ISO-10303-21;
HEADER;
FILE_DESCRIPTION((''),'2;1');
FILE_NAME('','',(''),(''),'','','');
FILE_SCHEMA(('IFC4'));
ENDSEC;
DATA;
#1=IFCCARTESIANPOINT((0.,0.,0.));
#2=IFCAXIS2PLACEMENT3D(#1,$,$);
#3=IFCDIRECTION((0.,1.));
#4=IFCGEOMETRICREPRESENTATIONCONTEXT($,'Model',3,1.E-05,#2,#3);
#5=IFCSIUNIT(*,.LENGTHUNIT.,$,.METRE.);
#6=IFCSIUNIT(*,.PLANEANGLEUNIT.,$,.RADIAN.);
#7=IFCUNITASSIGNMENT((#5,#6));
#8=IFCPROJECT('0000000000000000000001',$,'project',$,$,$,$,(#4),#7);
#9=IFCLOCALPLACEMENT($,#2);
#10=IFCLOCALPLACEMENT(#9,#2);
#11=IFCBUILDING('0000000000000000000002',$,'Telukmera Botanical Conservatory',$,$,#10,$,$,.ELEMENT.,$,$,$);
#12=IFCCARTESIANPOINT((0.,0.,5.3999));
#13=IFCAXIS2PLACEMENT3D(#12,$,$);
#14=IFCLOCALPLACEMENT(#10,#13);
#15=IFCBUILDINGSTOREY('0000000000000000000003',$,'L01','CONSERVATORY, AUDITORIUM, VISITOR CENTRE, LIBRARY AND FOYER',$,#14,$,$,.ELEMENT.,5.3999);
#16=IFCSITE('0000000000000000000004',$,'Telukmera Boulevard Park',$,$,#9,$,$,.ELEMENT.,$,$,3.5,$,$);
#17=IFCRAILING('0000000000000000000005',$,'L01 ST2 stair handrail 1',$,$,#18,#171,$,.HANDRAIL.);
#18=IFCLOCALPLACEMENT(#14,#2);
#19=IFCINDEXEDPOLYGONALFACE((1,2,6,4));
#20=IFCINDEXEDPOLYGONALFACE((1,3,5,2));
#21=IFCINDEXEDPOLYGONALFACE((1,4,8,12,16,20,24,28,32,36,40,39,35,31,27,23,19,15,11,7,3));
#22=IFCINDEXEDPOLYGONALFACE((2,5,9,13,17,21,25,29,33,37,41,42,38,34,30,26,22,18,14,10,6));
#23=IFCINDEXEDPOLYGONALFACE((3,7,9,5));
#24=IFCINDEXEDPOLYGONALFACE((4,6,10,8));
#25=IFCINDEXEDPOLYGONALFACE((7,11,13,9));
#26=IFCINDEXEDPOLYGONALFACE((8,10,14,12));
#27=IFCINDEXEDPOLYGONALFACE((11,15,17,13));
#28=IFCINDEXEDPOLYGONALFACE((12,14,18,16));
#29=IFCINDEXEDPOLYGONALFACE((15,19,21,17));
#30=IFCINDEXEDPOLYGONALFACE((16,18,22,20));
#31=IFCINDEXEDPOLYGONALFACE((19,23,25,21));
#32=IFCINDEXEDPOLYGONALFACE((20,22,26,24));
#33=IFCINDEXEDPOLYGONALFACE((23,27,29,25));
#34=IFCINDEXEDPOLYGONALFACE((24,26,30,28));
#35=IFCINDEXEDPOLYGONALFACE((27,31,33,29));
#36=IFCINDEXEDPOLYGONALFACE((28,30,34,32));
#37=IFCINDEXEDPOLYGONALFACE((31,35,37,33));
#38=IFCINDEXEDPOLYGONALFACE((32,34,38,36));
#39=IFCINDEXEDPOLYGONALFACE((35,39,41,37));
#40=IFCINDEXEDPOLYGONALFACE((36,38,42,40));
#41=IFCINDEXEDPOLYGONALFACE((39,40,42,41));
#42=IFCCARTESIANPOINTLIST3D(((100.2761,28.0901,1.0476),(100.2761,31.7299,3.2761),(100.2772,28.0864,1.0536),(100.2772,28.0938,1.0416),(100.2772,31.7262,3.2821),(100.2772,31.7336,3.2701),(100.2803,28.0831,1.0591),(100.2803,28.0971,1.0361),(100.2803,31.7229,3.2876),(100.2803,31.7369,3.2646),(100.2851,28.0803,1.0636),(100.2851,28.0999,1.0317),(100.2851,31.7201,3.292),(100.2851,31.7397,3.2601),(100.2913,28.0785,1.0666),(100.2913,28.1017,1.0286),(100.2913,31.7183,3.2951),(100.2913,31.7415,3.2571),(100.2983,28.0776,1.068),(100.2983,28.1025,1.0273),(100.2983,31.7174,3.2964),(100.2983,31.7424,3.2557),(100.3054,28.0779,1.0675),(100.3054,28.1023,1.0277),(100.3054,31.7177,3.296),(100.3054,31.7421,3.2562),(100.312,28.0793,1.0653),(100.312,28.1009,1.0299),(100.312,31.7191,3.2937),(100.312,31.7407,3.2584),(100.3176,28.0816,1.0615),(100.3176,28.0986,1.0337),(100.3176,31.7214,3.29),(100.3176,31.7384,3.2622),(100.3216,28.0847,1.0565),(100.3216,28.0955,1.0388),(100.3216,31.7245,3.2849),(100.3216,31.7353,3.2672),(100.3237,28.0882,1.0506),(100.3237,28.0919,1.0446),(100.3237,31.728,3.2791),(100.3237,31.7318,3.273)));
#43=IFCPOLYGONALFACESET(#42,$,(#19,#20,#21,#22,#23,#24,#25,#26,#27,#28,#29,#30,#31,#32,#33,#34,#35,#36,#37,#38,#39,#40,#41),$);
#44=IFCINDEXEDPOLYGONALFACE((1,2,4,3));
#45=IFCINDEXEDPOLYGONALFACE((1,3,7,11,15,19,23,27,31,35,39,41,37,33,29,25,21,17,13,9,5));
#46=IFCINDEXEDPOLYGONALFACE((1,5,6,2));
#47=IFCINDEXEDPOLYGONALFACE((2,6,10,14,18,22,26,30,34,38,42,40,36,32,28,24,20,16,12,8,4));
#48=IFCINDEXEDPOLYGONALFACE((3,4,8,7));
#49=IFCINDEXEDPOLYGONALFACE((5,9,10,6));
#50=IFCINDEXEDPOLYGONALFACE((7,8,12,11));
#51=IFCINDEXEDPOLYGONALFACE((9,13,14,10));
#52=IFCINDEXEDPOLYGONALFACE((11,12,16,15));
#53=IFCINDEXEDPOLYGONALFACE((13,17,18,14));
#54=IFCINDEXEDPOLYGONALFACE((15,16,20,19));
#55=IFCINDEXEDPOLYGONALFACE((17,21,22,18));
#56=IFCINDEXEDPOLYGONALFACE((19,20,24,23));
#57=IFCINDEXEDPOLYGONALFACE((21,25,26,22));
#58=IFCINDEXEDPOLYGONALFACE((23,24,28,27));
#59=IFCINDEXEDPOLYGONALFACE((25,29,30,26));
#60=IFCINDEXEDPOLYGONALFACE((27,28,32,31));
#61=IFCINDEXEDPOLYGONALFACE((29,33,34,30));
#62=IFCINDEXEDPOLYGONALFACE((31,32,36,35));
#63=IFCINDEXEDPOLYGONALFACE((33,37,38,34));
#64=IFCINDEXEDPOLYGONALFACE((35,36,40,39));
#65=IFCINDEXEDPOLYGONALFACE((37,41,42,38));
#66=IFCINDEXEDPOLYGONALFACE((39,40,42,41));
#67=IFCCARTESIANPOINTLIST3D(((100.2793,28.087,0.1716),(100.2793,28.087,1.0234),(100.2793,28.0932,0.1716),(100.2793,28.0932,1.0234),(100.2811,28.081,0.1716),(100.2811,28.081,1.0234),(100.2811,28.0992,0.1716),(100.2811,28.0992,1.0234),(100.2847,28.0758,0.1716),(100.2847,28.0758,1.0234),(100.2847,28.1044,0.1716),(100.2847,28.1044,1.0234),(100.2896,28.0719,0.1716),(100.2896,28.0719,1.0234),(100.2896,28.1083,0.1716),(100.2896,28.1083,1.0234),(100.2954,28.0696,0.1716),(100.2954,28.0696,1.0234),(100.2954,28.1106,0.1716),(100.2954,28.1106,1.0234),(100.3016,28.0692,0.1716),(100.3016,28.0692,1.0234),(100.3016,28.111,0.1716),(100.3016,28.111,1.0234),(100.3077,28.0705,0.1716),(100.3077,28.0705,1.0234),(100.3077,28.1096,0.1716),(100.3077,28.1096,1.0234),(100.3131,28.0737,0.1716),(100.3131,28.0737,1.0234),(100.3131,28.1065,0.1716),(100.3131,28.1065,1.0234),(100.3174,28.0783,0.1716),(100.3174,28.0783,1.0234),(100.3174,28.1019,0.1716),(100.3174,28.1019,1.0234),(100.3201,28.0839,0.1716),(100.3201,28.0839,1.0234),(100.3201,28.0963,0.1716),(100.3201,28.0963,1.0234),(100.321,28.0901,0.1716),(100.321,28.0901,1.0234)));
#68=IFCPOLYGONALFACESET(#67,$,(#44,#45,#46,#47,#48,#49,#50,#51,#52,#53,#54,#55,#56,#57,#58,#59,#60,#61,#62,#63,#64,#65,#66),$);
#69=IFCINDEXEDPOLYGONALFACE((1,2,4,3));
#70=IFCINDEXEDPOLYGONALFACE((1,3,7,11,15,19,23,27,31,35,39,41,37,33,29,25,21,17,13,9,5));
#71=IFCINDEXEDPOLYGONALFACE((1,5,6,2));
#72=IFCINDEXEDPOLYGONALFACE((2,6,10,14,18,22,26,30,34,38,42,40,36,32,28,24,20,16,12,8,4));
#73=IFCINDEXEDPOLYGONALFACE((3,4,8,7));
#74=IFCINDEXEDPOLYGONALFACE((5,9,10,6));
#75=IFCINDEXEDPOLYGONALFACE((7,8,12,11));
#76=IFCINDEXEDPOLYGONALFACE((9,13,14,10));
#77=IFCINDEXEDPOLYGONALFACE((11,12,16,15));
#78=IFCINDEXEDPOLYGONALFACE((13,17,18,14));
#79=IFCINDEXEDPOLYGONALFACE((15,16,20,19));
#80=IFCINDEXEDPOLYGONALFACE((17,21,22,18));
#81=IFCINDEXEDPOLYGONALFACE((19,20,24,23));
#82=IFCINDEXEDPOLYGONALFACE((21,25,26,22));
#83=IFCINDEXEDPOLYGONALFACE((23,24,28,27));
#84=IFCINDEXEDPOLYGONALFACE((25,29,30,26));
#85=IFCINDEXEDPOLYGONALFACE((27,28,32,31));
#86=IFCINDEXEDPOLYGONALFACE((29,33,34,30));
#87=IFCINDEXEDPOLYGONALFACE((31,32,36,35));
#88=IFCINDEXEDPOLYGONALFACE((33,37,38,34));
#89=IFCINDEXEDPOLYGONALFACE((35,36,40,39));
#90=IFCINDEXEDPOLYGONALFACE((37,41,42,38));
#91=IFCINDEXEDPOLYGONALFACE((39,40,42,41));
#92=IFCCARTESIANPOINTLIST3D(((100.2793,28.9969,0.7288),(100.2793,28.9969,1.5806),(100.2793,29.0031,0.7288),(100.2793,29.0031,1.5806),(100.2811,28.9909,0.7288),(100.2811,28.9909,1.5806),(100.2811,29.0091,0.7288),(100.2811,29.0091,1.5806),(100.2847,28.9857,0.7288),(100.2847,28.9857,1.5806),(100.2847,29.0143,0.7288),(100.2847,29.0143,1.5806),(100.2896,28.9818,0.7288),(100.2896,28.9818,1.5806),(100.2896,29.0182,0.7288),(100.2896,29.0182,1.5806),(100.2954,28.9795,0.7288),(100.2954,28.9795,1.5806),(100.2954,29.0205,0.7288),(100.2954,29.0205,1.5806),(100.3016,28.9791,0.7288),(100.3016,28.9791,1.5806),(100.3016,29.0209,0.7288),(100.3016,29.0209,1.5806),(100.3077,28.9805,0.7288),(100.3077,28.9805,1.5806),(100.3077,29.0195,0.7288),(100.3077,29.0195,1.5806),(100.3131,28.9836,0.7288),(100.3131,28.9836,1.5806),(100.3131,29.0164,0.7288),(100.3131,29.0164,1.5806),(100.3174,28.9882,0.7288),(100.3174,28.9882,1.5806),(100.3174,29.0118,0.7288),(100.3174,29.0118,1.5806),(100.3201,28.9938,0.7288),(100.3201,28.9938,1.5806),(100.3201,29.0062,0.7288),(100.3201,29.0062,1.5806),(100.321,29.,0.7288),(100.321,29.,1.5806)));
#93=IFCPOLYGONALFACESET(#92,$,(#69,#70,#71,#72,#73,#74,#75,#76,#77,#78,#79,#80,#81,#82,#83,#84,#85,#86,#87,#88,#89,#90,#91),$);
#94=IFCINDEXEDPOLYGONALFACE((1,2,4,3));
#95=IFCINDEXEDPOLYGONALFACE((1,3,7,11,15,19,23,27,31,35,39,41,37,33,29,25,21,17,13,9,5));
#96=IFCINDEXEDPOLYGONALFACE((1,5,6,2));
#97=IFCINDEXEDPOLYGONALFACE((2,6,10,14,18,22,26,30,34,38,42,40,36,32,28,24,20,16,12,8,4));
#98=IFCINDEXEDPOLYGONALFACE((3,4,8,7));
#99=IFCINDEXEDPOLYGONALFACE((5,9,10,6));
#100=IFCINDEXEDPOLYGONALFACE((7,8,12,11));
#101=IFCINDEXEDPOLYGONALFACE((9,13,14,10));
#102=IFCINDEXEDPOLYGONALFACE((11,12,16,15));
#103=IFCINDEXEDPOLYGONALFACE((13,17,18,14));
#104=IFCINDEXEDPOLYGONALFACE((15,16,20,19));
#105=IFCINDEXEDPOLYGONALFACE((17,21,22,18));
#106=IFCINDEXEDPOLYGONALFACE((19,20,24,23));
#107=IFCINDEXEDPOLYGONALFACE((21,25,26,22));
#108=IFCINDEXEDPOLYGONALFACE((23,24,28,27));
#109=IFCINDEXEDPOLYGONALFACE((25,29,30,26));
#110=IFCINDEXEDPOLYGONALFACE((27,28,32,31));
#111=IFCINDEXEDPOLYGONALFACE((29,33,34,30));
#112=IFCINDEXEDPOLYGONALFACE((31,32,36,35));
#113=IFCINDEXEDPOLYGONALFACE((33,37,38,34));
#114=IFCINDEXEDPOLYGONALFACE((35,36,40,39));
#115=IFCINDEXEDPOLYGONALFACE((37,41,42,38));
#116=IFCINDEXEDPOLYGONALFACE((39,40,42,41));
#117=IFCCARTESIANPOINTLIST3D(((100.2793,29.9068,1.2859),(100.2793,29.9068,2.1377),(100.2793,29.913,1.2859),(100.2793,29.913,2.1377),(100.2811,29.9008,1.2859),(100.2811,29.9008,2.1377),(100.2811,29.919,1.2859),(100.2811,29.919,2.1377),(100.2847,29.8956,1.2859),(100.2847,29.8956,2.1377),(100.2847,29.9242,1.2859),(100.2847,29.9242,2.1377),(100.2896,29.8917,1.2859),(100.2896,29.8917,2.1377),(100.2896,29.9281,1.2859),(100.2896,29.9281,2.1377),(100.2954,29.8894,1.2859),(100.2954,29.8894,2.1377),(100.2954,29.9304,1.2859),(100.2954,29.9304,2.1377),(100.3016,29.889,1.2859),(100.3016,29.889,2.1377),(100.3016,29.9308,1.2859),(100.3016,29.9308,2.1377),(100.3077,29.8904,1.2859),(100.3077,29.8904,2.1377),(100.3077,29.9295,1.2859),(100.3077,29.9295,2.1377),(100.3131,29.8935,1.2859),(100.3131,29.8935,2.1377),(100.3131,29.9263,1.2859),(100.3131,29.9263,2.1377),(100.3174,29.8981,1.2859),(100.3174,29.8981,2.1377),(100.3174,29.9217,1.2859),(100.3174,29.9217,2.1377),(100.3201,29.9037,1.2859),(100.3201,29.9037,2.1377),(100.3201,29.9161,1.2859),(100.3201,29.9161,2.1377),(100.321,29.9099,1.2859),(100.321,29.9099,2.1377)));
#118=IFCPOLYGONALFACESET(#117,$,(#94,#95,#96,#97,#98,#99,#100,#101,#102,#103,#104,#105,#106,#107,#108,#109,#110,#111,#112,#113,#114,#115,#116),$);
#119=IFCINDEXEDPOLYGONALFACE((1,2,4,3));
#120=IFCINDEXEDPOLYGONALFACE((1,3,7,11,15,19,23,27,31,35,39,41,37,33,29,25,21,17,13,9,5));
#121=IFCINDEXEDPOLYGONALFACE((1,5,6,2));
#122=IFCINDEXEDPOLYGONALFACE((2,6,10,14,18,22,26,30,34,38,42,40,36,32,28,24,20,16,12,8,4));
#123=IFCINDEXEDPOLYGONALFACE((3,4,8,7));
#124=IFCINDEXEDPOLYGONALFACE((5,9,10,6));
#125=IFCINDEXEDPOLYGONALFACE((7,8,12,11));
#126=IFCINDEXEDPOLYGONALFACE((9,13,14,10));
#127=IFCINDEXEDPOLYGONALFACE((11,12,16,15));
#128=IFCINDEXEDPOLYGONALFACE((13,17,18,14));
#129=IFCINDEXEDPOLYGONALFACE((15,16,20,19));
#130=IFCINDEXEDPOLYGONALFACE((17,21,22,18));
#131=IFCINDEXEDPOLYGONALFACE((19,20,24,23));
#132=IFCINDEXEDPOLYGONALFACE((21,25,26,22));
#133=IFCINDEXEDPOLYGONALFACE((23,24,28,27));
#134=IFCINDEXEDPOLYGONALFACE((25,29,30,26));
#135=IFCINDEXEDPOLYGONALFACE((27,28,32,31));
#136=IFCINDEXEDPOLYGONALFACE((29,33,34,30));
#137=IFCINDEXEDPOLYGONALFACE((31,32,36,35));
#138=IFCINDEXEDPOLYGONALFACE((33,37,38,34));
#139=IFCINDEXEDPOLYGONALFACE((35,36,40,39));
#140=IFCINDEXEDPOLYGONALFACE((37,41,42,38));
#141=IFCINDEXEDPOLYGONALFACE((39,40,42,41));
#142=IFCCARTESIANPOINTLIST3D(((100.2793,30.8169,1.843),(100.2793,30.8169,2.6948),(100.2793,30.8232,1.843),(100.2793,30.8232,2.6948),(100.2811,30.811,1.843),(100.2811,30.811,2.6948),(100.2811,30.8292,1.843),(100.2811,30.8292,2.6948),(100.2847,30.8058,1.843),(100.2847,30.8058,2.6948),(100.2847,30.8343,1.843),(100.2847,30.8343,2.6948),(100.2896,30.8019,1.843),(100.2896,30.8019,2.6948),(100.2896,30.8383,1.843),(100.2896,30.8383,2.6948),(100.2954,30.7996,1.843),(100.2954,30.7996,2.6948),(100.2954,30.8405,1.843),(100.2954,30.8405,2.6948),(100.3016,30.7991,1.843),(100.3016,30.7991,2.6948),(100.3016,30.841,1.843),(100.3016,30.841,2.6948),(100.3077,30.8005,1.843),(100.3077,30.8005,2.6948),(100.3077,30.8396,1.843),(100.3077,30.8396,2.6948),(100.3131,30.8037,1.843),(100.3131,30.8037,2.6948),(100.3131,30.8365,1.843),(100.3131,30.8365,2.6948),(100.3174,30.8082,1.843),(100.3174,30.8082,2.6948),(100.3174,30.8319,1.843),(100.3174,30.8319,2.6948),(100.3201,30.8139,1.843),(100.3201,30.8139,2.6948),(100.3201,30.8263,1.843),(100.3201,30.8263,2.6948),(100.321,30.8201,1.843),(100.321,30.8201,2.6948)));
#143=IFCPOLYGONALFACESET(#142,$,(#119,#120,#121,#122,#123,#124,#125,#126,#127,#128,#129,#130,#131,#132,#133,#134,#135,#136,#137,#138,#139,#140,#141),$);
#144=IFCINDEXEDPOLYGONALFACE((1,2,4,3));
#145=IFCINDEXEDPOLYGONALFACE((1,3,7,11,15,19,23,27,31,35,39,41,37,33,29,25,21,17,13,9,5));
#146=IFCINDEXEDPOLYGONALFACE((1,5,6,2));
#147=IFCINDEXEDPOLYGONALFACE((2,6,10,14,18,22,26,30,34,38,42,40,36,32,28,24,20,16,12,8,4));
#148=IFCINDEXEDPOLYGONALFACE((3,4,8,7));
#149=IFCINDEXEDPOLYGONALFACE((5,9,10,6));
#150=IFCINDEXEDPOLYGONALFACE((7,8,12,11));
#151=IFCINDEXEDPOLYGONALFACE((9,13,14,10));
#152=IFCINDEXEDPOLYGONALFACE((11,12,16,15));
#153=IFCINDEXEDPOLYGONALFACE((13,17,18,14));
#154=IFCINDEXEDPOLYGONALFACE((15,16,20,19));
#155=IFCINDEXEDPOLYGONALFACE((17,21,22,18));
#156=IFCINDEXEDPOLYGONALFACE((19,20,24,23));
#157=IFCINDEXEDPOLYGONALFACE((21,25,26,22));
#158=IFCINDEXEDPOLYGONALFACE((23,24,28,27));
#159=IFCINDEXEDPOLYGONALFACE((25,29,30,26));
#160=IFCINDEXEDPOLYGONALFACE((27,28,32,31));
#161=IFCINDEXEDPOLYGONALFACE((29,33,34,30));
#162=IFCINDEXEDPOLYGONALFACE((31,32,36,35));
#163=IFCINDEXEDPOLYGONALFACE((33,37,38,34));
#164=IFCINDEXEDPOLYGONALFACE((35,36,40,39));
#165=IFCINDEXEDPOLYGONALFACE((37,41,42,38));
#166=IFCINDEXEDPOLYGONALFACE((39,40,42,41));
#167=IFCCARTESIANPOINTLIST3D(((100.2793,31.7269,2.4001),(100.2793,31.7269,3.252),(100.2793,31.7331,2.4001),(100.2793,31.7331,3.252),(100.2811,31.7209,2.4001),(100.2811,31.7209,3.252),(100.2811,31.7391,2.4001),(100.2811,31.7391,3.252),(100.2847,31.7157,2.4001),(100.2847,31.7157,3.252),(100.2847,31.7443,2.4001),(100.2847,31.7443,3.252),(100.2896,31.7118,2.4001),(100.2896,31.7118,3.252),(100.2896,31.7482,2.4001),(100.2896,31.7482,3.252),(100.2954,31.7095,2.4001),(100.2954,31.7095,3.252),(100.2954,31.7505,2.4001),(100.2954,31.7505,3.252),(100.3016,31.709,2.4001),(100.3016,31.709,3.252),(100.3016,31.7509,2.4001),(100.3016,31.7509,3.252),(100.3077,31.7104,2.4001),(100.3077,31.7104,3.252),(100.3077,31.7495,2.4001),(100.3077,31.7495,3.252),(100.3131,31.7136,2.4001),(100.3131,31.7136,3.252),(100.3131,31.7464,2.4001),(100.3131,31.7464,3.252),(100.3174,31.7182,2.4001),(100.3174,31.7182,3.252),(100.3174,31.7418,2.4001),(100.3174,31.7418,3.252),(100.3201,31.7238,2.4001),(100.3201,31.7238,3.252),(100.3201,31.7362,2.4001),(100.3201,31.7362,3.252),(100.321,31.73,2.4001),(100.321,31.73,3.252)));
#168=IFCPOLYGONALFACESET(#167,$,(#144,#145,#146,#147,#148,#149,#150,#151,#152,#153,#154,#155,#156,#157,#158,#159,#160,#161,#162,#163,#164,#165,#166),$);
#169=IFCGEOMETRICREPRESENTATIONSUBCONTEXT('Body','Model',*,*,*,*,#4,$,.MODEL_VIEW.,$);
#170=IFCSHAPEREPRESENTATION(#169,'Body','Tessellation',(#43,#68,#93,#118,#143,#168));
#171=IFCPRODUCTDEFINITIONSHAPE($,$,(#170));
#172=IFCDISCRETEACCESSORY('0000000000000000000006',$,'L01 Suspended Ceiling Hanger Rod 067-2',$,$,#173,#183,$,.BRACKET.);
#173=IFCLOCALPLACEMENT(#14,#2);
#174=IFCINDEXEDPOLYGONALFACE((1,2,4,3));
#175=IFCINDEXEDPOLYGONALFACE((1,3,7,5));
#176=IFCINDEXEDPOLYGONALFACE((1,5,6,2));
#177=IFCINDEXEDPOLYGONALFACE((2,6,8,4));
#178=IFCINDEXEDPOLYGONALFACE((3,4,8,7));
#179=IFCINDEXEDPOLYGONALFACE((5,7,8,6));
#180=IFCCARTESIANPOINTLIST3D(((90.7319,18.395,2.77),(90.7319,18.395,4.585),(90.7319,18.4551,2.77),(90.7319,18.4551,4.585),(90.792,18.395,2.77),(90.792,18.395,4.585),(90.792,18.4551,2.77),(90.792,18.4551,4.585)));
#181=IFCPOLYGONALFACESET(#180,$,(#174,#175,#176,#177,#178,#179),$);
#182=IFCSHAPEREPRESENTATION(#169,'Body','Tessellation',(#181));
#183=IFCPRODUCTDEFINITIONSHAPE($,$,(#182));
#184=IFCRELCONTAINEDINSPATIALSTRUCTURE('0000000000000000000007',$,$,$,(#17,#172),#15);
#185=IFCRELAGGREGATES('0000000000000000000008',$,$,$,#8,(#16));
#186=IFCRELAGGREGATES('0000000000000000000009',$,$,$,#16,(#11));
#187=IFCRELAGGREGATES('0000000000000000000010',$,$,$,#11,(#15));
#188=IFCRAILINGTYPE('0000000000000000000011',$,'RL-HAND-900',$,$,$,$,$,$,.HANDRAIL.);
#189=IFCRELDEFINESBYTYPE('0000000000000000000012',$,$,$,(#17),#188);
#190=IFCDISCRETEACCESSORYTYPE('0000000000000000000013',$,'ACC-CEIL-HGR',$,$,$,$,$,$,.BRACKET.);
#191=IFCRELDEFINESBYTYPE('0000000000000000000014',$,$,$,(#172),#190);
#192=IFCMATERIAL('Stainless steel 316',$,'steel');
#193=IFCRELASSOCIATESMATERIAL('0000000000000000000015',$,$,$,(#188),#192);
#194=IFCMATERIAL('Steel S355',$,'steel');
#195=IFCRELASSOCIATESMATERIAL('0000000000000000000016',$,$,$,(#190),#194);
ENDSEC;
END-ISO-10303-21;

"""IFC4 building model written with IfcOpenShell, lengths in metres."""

from ifc_helpers import new_model, si_unit, direction, frame, origin, origin_2d, place, context, subcontext, project, spatial, rectangle, circle, extrude, material, type_object, element, save


model = new_model("IFC4")

# Units and contexts
model_context = context("Model", 3, precision=1e-05, world=origin(), true_north=direction((0.0, 1.0)))
body_context = subcontext(model_context, "Body", "Model", "MODEL_VIEW")
ifc_project = project(units=[si_unit("LENGTHUNIT", "METRE"), si_unit("PLANEANGLEUNIT", "RADIAN")], contexts=[model_context])

# Site, building, storey
site_placement = place(None, origin())
site = spatial("IfcSite", under=ifc_project, at=site_placement, Name="Telukmera Boulevard Park", CompositionType="ELEMENT", RefElevation=3.5)
building_placement = place(site_placement, origin())
building = spatial("IfcBuilding", under=site, at=building_placement, Name="Telukmera Botanical Conservatory", CompositionType="ELEMENT")
storey_placement = place(building_placement, frame((0.0, 0.0, 5.3999)))
storey = spatial("IfcBuildingStorey", under=building, at=storey_placement, Name="L01", Description="CONSERVATORY, AUDITORIUM, VISITOR CENTRE, LIBRARY AND FOYER", CompositionType="ELEMENT", Elevation=5.3999)

# Shared definitions
ifc_material_1 = material(Name="Stainless steel 316", Category="steel")

# Railing
ifc_material_2 = material(Name="Steel S355", Category="steel")
railing_type_1 = type_object("IfcRailingType", Name="RL-HAND-900", PredefinedType="HANDRAIL", material=ifc_material_1)
railing_1_placement = place(storey_placement, frame((100.3, 28.0901, 0.1716)))
element("IfcRailing", 1, at=railing_1_placement, inside=storey, type_object=railing_type_1, Name="L01 ST2 stair handrail 1", PredefinedType="HANDRAIL", context=body_context, shape_type="SweptSolid", body=[
    extrude(circle(Radius=0.0239, at=origin_2d()), frame((0.0, 0.0, 0.876), z_axis=(0.0, 0.85285, 0.522156), x_axis=(-1.0, 0.0, 0.0)), (0.0, 0.0, 1.0), 4.2678),
    extrude(circle(Radius=0.021, at=origin_2d()), origin(), (0.0, 0.0, 1.0), 0.8518),
    extrude(circle(Radius=0.021, at=origin_2d()), frame((0.0, 0.9099, 0.5571)), (0.0, 0.0, 1.0), 0.8518),
    extrude(circle(Radius=0.021, at=origin_2d()), frame((0.0, 1.8198, 1.1143)), (0.0, 0.0, 1.0), 0.8518),
    extrude(circle(Radius=0.021, at=origin_2d()), frame((0.0, 2.73, 1.6714)), (0.0, 0.0, 1.0), 0.8518),
    extrude(circle(Radius=0.021, at=origin_2d()), frame((0.0, 3.6399, 2.2285)), (0.0, 0.0, 1.0), 0.8518),
])

# Discrete accessory
discrete_accessory_type = type_object("IfcDiscreteAccessoryType", Name="ACC-CEIL-HGR", PredefinedType="BRACKET", material=ifc_material_2)
discrete_accessory_placement = place(storey_placement, frame((90.762, 18.425, 2.77), z_axis=(0.0, 0.0, 1.0), x_axis=(1.0, 0.0, 0.0)))
element("IfcDiscreteAccessory", 2, at=discrete_accessory_placement, inside=storey, type_object=discrete_accessory_type, Name="L01 Suspended Ceiling Hanger Rod 067-2", PredefinedType="BRACKET", context=body_context, shape_type="SweptSolid", body=[
    extrude(rectangle(XDim=0.0601, YDim=0.0601, at=origin_2d()), origin(), (0.0, 0.0, 1.0), 1.8149),
])

save(model, "model.ifc")
